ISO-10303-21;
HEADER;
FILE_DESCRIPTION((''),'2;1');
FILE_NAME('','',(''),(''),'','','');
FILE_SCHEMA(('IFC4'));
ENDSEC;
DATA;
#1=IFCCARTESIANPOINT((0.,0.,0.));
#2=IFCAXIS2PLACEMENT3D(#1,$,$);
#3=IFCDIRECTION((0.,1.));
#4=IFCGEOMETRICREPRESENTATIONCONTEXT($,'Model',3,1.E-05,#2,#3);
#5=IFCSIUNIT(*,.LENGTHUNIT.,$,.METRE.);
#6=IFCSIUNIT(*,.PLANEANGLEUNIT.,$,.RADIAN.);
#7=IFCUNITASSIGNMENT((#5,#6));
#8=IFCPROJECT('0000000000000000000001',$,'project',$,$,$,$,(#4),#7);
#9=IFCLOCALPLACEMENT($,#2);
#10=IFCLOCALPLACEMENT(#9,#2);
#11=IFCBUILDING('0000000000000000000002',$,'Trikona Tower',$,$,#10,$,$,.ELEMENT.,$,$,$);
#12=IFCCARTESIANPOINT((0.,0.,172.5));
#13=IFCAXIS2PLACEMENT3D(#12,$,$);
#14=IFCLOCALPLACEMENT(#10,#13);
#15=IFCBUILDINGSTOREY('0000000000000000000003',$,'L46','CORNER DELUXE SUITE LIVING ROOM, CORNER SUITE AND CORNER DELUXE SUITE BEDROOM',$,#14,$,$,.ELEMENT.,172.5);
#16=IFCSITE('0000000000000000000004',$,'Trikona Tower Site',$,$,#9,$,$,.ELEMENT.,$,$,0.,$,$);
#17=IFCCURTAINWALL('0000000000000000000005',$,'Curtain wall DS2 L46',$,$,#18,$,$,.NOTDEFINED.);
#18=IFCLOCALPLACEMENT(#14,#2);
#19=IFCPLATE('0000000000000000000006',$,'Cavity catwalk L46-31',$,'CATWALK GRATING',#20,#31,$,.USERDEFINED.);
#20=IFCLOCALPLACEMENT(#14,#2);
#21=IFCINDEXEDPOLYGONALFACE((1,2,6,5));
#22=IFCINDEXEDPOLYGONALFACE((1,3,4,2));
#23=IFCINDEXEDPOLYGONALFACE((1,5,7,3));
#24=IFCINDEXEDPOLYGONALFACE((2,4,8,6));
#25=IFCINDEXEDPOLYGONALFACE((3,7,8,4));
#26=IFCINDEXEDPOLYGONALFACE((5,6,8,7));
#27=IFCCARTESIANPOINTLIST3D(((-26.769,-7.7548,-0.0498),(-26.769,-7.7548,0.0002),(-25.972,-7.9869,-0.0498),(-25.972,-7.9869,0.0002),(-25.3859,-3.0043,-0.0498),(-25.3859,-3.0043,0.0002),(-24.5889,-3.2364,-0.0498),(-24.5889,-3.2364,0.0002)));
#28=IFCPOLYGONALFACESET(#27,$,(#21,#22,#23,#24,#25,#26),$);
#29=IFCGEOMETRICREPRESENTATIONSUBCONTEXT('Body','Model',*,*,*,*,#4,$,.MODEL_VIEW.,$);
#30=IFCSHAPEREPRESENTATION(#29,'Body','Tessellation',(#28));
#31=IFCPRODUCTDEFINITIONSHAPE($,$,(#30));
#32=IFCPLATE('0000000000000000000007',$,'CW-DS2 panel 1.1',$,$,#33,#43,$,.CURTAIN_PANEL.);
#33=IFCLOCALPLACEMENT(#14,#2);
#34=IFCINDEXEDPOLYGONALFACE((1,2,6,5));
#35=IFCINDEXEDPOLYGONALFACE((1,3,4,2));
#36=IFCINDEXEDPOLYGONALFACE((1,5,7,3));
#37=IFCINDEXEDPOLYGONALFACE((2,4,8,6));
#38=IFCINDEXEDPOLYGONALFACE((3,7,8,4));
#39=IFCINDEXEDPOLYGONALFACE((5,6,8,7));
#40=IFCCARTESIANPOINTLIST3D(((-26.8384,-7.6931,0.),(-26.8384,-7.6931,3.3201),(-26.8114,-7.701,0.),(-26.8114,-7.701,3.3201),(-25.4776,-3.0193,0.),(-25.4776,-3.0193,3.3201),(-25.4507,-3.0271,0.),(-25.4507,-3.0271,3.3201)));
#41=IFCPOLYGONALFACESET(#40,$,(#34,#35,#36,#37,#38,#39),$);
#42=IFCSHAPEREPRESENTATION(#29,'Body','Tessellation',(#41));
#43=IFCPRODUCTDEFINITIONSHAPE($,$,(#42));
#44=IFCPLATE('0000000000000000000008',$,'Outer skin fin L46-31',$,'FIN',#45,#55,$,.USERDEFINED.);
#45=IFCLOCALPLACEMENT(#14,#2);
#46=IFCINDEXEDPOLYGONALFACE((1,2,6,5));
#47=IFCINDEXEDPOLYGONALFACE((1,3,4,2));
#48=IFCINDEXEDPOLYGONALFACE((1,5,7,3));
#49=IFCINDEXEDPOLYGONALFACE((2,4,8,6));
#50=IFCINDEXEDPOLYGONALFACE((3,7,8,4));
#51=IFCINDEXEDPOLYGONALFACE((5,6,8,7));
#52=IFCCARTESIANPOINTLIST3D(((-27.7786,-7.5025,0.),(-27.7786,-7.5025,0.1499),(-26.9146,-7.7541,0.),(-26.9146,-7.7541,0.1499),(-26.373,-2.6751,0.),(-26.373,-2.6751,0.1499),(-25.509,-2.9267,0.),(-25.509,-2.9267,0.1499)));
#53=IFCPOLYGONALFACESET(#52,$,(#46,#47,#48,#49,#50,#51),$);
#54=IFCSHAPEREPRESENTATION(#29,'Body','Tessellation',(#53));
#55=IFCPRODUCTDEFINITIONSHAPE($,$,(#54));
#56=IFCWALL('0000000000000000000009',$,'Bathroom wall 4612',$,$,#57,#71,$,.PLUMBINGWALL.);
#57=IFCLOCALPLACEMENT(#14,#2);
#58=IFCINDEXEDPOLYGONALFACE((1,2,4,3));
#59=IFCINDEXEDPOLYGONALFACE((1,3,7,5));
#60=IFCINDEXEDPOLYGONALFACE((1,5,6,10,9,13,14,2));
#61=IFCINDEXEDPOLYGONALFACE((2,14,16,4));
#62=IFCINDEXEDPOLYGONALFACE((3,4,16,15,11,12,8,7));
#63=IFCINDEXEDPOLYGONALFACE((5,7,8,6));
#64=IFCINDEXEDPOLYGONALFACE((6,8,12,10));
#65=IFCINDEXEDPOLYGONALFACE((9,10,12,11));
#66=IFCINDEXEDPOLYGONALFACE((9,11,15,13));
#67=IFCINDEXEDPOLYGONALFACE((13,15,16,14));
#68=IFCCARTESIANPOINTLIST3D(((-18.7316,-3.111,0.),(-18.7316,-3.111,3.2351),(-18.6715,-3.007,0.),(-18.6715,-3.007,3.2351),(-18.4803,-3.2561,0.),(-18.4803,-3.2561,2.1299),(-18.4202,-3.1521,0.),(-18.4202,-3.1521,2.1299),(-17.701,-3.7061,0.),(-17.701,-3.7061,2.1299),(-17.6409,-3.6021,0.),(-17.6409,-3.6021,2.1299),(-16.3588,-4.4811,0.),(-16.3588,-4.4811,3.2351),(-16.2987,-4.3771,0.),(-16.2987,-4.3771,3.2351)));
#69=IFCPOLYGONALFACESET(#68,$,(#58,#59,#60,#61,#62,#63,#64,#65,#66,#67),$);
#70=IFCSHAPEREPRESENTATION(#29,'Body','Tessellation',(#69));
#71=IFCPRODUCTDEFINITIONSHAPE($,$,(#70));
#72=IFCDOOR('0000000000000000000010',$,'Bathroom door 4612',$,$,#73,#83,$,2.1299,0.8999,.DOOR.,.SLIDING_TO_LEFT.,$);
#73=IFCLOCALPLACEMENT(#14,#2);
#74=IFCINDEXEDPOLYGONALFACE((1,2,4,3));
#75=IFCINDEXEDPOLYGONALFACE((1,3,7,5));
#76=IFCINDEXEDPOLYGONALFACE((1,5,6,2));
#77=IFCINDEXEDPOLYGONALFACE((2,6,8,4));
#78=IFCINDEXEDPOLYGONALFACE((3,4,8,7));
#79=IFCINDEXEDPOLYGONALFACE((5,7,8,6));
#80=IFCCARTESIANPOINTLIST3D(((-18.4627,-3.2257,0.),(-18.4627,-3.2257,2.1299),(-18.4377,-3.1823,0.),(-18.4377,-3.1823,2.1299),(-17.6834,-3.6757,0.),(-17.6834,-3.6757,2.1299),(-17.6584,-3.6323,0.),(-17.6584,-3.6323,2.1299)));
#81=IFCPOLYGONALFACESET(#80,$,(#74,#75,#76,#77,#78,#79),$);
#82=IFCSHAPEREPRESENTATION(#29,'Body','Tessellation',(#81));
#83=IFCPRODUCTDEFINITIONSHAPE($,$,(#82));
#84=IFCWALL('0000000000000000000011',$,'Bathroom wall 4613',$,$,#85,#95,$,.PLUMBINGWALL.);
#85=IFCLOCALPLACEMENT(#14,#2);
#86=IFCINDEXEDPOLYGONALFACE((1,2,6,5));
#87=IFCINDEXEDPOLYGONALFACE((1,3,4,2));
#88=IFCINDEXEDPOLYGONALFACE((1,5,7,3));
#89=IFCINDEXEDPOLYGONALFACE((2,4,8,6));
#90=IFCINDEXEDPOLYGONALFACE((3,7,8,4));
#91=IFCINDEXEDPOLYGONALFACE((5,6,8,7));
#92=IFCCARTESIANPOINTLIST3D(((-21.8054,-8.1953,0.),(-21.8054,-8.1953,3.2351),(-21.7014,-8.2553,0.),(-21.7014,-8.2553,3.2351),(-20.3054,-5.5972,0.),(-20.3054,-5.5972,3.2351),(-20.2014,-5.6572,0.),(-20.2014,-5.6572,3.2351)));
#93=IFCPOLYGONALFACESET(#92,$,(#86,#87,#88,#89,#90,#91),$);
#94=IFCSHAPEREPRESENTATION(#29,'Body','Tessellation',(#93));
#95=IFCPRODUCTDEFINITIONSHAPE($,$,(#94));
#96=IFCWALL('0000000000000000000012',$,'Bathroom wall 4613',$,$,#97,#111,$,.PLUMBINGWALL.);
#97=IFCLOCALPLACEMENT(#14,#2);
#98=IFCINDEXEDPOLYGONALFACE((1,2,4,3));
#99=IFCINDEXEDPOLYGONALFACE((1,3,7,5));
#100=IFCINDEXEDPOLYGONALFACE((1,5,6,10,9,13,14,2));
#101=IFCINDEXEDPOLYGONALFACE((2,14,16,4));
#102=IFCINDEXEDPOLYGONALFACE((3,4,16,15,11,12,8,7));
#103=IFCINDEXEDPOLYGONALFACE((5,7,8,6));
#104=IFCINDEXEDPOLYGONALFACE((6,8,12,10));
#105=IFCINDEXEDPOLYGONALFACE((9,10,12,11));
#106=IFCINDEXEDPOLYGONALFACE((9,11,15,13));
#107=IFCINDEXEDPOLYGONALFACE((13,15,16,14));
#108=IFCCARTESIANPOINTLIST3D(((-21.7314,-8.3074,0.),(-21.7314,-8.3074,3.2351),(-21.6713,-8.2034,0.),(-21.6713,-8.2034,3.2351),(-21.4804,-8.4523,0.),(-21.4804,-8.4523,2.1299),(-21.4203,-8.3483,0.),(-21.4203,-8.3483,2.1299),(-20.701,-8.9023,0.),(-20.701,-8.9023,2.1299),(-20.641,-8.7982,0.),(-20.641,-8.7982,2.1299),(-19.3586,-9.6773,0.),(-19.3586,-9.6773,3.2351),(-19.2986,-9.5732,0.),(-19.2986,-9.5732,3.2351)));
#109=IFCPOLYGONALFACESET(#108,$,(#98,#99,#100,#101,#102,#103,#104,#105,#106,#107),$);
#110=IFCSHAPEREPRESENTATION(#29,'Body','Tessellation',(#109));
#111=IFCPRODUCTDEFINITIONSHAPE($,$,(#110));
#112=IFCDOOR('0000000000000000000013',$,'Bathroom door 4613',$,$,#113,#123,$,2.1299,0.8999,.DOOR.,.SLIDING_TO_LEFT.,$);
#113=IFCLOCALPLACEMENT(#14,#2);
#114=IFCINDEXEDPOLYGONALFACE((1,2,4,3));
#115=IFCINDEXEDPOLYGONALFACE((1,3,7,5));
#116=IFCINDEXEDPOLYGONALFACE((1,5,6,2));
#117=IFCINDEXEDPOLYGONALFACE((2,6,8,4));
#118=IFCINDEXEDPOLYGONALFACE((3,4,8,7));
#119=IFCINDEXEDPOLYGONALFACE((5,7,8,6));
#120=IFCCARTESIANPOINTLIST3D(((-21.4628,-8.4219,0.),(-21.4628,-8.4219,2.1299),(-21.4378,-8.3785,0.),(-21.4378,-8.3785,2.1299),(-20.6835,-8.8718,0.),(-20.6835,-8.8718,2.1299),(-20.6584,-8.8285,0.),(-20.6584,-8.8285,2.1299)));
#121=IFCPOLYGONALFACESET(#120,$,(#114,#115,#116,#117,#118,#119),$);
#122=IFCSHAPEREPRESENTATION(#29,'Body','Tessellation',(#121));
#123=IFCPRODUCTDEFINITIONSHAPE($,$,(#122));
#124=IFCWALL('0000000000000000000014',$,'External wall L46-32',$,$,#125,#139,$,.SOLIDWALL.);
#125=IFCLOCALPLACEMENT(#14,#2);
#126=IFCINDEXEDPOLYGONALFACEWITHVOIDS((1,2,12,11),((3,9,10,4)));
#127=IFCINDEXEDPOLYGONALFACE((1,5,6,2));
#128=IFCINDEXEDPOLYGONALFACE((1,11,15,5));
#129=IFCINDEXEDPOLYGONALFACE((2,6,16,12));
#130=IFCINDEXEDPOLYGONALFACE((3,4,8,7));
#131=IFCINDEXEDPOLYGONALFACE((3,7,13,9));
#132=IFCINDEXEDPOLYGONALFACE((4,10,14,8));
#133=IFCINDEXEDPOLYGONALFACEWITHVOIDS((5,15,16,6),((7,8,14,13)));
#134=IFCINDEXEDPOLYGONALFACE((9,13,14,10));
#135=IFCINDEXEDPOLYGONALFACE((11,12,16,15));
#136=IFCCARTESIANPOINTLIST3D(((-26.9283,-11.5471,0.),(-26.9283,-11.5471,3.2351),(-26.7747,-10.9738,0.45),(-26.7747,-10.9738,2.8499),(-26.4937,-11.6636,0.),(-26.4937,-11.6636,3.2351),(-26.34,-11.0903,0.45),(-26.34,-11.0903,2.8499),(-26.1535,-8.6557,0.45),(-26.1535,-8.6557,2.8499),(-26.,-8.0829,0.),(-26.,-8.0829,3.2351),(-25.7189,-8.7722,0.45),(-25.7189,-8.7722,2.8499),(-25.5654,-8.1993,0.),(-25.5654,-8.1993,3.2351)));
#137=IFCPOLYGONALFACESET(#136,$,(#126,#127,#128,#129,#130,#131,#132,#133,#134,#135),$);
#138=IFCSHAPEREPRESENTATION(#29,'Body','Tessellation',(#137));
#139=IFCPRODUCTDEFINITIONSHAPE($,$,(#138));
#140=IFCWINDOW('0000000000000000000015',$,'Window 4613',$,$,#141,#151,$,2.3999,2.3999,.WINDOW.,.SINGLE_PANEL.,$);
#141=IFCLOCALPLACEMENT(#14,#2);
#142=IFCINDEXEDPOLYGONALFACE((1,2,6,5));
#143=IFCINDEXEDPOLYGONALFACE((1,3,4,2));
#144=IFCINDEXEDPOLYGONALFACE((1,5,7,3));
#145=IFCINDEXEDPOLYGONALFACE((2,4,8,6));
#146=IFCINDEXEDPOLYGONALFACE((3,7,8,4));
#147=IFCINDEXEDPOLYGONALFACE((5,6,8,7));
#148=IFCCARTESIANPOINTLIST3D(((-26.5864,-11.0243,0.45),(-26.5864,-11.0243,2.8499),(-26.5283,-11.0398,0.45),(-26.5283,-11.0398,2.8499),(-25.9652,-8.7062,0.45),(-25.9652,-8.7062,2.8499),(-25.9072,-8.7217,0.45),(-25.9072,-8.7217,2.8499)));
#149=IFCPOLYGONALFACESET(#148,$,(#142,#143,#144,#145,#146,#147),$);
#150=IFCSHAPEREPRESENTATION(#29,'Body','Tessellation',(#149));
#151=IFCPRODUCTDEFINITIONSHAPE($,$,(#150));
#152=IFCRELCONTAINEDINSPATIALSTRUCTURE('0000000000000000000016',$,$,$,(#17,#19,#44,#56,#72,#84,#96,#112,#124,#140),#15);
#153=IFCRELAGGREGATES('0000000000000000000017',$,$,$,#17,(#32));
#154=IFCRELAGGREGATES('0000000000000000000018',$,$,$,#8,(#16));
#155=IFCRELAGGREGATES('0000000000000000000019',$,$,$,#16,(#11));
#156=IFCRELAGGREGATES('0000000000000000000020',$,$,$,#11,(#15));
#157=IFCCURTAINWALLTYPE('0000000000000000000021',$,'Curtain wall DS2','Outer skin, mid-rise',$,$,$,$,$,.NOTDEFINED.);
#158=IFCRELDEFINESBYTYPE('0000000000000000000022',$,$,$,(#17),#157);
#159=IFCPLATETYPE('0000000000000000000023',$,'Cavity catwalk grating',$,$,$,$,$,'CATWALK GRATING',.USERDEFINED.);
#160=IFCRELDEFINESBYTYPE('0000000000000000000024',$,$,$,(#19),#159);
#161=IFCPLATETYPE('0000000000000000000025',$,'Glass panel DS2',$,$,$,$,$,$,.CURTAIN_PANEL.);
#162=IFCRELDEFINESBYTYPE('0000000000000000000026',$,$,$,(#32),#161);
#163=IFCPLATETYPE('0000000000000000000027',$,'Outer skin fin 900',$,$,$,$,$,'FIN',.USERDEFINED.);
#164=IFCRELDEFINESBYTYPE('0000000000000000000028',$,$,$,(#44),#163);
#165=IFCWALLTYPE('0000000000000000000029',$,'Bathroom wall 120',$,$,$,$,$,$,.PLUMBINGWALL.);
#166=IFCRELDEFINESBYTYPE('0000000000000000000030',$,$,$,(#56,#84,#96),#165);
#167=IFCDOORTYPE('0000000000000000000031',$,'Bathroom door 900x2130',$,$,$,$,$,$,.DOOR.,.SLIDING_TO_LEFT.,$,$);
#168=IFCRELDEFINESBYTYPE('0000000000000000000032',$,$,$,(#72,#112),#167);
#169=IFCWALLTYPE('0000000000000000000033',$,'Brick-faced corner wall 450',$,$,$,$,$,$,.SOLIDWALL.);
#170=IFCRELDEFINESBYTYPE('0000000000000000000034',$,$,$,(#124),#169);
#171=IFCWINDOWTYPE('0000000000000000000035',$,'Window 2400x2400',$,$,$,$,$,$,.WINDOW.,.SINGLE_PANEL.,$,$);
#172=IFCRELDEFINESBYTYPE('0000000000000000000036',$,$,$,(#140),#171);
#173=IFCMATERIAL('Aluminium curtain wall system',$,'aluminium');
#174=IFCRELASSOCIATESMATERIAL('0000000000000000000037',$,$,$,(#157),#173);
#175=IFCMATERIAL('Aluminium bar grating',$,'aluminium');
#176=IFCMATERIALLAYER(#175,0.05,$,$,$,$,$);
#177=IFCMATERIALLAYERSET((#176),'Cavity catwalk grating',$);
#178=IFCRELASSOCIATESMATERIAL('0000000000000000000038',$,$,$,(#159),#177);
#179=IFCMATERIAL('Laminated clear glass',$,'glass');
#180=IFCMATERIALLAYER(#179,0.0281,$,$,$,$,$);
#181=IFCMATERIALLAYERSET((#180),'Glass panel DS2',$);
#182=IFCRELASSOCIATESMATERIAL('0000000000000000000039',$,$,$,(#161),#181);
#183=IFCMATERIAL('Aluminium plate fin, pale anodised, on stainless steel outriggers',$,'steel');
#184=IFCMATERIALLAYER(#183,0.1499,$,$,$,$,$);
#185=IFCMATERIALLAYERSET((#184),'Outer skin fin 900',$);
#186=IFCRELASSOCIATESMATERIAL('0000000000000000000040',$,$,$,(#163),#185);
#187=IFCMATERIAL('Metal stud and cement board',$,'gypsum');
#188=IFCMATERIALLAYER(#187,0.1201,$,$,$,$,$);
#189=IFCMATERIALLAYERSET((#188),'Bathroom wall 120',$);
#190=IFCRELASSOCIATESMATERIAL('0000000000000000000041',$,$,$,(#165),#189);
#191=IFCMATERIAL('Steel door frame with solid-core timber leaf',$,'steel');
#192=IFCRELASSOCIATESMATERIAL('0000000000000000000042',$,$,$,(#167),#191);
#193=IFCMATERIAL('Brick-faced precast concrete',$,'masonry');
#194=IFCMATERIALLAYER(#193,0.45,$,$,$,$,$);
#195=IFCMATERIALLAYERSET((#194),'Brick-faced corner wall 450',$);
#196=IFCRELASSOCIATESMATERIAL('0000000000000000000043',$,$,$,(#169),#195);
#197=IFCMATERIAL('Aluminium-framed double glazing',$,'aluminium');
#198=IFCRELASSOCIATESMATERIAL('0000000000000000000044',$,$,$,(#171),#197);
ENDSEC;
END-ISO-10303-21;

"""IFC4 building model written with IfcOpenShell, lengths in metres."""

from ifc_helpers import new_model, si_unit, direction, frame, frame_2d, origin, origin_2d, place, context, subcontext, project, spatial, rectangle, extrude, material, layer, layer_set, type_object, element, fill, aggregate, save


model = new_model("IFC4")

# Units and contexts
model_context = context("Model", 3, precision=1e-05, world=origin(), true_north=direction((0.0, 1.0)))
body_context = subcontext(model_context, "Body", "Model", "MODEL_VIEW")
ifc_project = project(units=[si_unit("LENGTHUNIT", "METRE"), si_unit("PLANEANGLEUNIT", "RADIAN")], contexts=[model_context])

# Site, building, storey
site_placement = place(None, origin())
site = spatial("IfcSite", under=ifc_project, at=site_placement, Name="Trikona Tower Site", CompositionType="ELEMENT", RefElevation=0.0)
building_placement = place(site_placement, origin())
building = spatial("IfcBuilding", under=site, at=building_placement, Name="Trikona Tower", CompositionType="ELEMENT")
storey_placement = place(building_placement, frame((0.0, 0.0, 172.5)))
storey = spatial("IfcBuildingStorey", under=building, at=storey_placement, Name="L46", Description="CORNER DELUXE SUITE LIVING ROOM, CORNER SUITE AND CORNER DELUXE SUITE BEDROOM", CompositionType="ELEMENT", Elevation=172.5)

# Shared definitions
ifc_material_1 = material(Name="Aluminium curtain wall system", Category="aluminium")
curtain_wall_type = type_object("IfcCurtainWallType", Name="Curtain wall DS2", Description="Outer skin, mid-rise", PredefinedType="NOTDEFINED", material=ifc_material_1)

# Curtain wall
curtain_wall_1_placement = place(storey_placement, origin())
curtain_wall_1 = element("IfcCurtainWall", 1, at=curtain_wall_1_placement, inside=storey, type_object=curtain_wall_type, Name="Curtain wall DS2 L46", PredefinedType="NOTDEFINED")

# Plate
ifc_material_2 = material(Name="Aluminium bar grating", Category="aluminium")
ifc_layer_1 = layer(ifc_material_2, 0.05)
ifc_layer_set_1 = layer_set([ifc_layer_1], Name="Cavity catwalk grating")
plate_type_1 = type_object("IfcPlateType", Name="Cavity catwalk grating", ElementType="CATWALK GRATING", PredefinedType="USERDEFINED", material=ifc_layer_set_1)
plate_1_placement = place(storey_placement, frame((-25.679, -5.4956, -0.0498), z_axis=(0.0, 0.0, 1.0), x_axis=(-0.279554, -0.96013, 0.0)))
element("IfcPlate", 2, at=plate_1_placement, inside=storey, type_object=plate_type_1, Name="Cavity catwalk L46-31", ObjectType="CATWALK GRATING", PredefinedType="USERDEFINED", context=body_context, shape_type="SweptSolid", body=[
    extrude(rectangle(XDim=4.9478, YDim=0.8301, at=origin_2d()), origin(), (0.0, 0.0, 1.0), 0.05),
])

# Plates
ifc_material_3 = material(Name="Laminated clear glass", Category="glass")
ifc_layer_2 = layer(ifc_material_3, 0.0281)
ifc_layer_set_2 = layer_set([ifc_layer_2], Name="Glass panel DS2")
plate_type_2 = type_object("IfcPlateType", Name="Glass panel DS2", PredefinedType="CURTAIN_PANEL", material=ifc_layer_set_2)
plate_2_placement = place(storey_placement, frame((-26.1445, -5.3601, 0.0), z_axis=(0.0, 0.0, 1.0), x_axis=(-0.279543, -0.960133, 0.0)))
plate_2 = element("IfcPlate", 3, at=plate_2_placement, type_object=plate_type_2, Name="CW-DS2 panel 1.1", PredefinedType="CURTAIN_PANEL", context=body_context, shape_type="SweptSolid", body=[
    extrude(rectangle(XDim=4.8679, YDim=0.0281, at=origin_2d()), origin(), (0.0, 0.0, 1.0), 3.3201),
])
aggregate(curtain_wall_1, [plate_2])
ifc_material_4 = material(Name="Aluminium plate fin, pale anodised, on stainless steel outriggers", Category="steel")
ifc_layer_3 = layer(ifc_material_4, 0.1499)
ifc_layer_set_3 = layer_set([ifc_layer_3], Name="Outer skin fin 900")
plate_type_3 = type_object("IfcPlateType", Name="Outer skin fin 900", ElementType="FIN", PredefinedType="USERDEFINED", material=ifc_layer_set_3)
plate_3_placement = place(storey_placement, frame((-26.6438, -5.2146, 0.0), z_axis=(0.0, 0.0, 1.0), x_axis=(-0.279554, -0.96013, 0.0)))
element("IfcPlate", 4, at=plate_3_placement, inside=storey, type_object=plate_type_3, Name="Outer skin fin L46-31", ObjectType="FIN", PredefinedType="USERDEFINED", context=body_context, shape_type="SweptSolid", body=[
    extrude(rectangle(XDim=5.0278, YDim=0.8999, at=origin_2d()), origin(), (0.0, 0.0, 1.0), 0.1499),
])

# Wall, opening, door
ifc_material_5 = material(Name="Metal stud and cement board", Category="gypsum")
ifc_layer_4 = layer(ifc_material_5, 0.1201)
ifc_layer_set_4 = layer_set([ifc_layer_4], Name="Bathroom wall 120")
wall_type_1 = type_object("IfcWallType", Name="Bathroom wall 120", PredefinedType="PLUMBINGWALL", material=ifc_layer_set_4)
wall_1_placement = place(storey_placement, frame((-16.3286, -4.4292, 0.0), z_axis=(0.0, 0.0, 1.0), x_axis=(-0.865997, 0.500049, 0.0)))
wall_1 = element("IfcWall", 5, at=wall_1_placement, inside=storey, type_object=wall_type_1, Name="Bathroom wall 4612", PredefinedType="PLUMBINGWALL", context=body_context, shape_type="SweptSolid", body=[
    extrude(rectangle(XDim=2.74, YDim=0.1201, at=frame_2d((1.3701, 0.0))), origin(), (0.0, 0.0, 1.0), 3.2351),
])
opening_1_placement = place(wall_1_placement, frame((1.55, 0.0, 0.0)))
opening_1 = element("IfcOpeningElement", 6, at=opening_1_placement, cuts=wall_1, PredefinedType="OPENING", context=body_context, shape_type="SweptSolid", body=[
    extrude(rectangle(XDim=0.8999, YDim=2.1299, at=frame_2d((0.45, 1.0649))), frame((0.0, 0.0701, 0.0), z_axis=(0.0, -1.0, 0.0), x_axis=(1.0, 0.0, 0.0)), (0.0, 0.0, 1.0), 0.1401),
])
ifc_material_6 = material(Name="Steel door frame with solid-core timber leaf", Category="steel")
door_type_1 = type_object("IfcDoorType", Name="Bathroom door 900x2130", OperationType="SLIDING_TO_LEFT", PredefinedType="DOOR", material=ifc_material_6)
door_1_placement = place(opening_1_placement, origin())
door_1 = element("IfcDoor", 7, at=door_1_placement, inside=storey, type_object=door_type_1, Name="Bathroom door 4612", OperationType="SLIDING_TO_LEFT", OverallHeight=2.1299, OverallWidth=0.8999, PredefinedType="DOOR", context=body_context, shape_type="SweptSolid", body=[
    extrude(rectangle(XDim=0.8999, YDim=2.1299, at=frame_2d((0.45, 1.0649))), frame((0.0, 0.0249, 0.0), z_axis=(0.0, -1.0, 0.0), x_axis=(1.0, 0.0, 0.0)), (0.0, 0.0, 1.0), 0.05),
])
fill(opening_1, door_1)

# Wall
wall_2_placement = place(storey_placement, frame((-20.2534, -5.6272, 0.0), z_axis=(0.0, 0.0, 1.0), x_axis=(-0.49999, -0.866031, 0.0)))
element("IfcWall", 8, at=wall_2_placement, inside=storey, type_object=wall_type_1, Name="Bathroom wall 4613", PredefinedType="PLUMBINGWALL", context=body_context, shape_type="SweptSolid", body=[
    extrude(rectangle(XDim=3.0, YDim=0.1201, at=frame_2d((1.5, 0.0))), origin(), (0.0, 0.0, 1.0), 3.2351),
])

# Wall, opening, door
wall_3_placement = place(storey_placement, frame((-19.3286, -9.6252, 0.0), z_axis=(0.0, 0.0, 1.0), x_axis=(-0.866036, 0.499982, 0.0)))
wall_3 = element("IfcWall", 9, at=wall_3_placement, inside=storey, type_object=wall_type_1, Name="Bathroom wall 4613", PredefinedType="PLUMBINGWALL", context=body_context, shape_type="SweptSolid", body=[
    extrude(rectangle(XDim=2.7397, YDim=0.1201, at=frame_2d((1.3699, 0.0))), origin(), (0.0, 0.0, 1.0), 3.2351),
])
opening_2_placement = place(wall_3_placement, frame((1.55, 0.0, 0.0)))
opening_2 = element("IfcOpeningElement", 10, at=opening_2_placement, cuts=wall_3, PredefinedType="OPENING", context=body_context, shape_type="SweptSolid", body=[
    extrude(rectangle(XDim=0.8999, YDim=2.1299, at=frame_2d((0.45, 1.0649))), frame((0.0, 0.0701, 0.0), z_axis=(0.0, -1.0, 0.0), x_axis=(1.0, 0.0, 0.0)), (0.0, 0.0, 1.0), 0.1401),
])
door_2_placement = place(opening_2_placement, origin())
door_2 = element("IfcDoor", 11, at=door_2_placement, inside=storey, type_object=door_type_1, Name="Bathroom door 4613", OperationType="SLIDING_TO_LEFT", OverallHeight=2.1299, OverallWidth=0.8999, PredefinedType="DOOR", context=body_context, shape_type="SweptSolid", body=[
    extrude(rectangle(XDim=0.8999, YDim=2.1299, at=frame_2d((0.45, 1.0649))), frame((0.0, 0.0249, 0.0), z_axis=(0.0, -1.0, 0.0), x_axis=(1.0, 0.0, 0.0)), (0.0, 0.0, 1.0), 0.05),
])
fill(opening_2, door_2)

# Wall, opening, window
ifc_material_7 = material(Name="Brick-faced precast concrete", Category="masonry")
ifc_layer_5 = layer(ifc_material_7, 0.45)
ifc_layer_set_5 = layer_set([ifc_layer_5], Name="Brick-faced corner wall 450")
wall_type_2 = type_object("IfcWallType", Name="Brick-faced corner wall 450", PredefinedType="SOLIDWALL", material=ifc_layer_set_5)
wall_4_placement = place(storey_placement, frame((-25.7827, -8.1411, 0.0), z_axis=(0.0, 0.0, 1.0), x_axis=(-0.258823, -0.965925, 0.0)))
wall_4 = element("IfcWall", 12, at=wall_4_placement, inside=storey, type_object=wall_type_2, Name="External wall L46-32", PredefinedType="SOLIDWALL", context=body_context, shape_type="SweptSolid", body=[
    extrude(rectangle(XDim=3.5864, YDim=0.45, at=frame_2d((1.7932, 0.0))), origin(), (0.0, 0.0, 1.0), 3.2351),
])
opening_3_placement = place(wall_4_placement, frame((0.593, 0.0, 0.45)))
opening_3 = element("IfcOpeningElement", 13, at=opening_3_placement, cuts=wall_4, PredefinedType="OPENING", context=body_context, shape_type="SweptSolid", body=[
    extrude(rectangle(XDim=2.3999, YDim=2.3999, at=frame_2d((1.2, 1.2))), frame((0.0, 0.2349, 0.0), z_axis=(0.0, -1.0, 0.0), x_axis=(1.0, 0.0, 0.0)), (0.0, 0.0, 1.0), 0.47),
])
ifc_material_8 = material(Name="Aluminium-framed double glazing", Category="aluminium")
window_type_1 = type_object("IfcWindowType", Name="Window 2400x2400", PartitioningType="SINGLE_PANEL", PredefinedType="WINDOW", material=ifc_material_8)
window_1_placement = place(opening_3_placement, origin())
window_1 = element("IfcWindow", 14, at=window_1_placement, inside=storey, type_object=window_type_1, Name="Window 4613", OverallHeight=2.3999, OverallWidth=2.3999, PartitioningType="SINGLE_PANEL", PredefinedType="WINDOW", context=body_context, shape_type="SweptSolid", body=[
    extrude(rectangle(XDim=2.3999, YDim=2.3999, at=frame_2d((1.2, 1.2))), frame((0.0, 0.03, 0.0), z_axis=(0.0, -1.0, 0.0), x_axis=(1.0, 0.0, 0.0)), (0.0, 0.0, 1.0), 0.0601),
])
fill(opening_3, window_1)

save(model, "model.ifc")
